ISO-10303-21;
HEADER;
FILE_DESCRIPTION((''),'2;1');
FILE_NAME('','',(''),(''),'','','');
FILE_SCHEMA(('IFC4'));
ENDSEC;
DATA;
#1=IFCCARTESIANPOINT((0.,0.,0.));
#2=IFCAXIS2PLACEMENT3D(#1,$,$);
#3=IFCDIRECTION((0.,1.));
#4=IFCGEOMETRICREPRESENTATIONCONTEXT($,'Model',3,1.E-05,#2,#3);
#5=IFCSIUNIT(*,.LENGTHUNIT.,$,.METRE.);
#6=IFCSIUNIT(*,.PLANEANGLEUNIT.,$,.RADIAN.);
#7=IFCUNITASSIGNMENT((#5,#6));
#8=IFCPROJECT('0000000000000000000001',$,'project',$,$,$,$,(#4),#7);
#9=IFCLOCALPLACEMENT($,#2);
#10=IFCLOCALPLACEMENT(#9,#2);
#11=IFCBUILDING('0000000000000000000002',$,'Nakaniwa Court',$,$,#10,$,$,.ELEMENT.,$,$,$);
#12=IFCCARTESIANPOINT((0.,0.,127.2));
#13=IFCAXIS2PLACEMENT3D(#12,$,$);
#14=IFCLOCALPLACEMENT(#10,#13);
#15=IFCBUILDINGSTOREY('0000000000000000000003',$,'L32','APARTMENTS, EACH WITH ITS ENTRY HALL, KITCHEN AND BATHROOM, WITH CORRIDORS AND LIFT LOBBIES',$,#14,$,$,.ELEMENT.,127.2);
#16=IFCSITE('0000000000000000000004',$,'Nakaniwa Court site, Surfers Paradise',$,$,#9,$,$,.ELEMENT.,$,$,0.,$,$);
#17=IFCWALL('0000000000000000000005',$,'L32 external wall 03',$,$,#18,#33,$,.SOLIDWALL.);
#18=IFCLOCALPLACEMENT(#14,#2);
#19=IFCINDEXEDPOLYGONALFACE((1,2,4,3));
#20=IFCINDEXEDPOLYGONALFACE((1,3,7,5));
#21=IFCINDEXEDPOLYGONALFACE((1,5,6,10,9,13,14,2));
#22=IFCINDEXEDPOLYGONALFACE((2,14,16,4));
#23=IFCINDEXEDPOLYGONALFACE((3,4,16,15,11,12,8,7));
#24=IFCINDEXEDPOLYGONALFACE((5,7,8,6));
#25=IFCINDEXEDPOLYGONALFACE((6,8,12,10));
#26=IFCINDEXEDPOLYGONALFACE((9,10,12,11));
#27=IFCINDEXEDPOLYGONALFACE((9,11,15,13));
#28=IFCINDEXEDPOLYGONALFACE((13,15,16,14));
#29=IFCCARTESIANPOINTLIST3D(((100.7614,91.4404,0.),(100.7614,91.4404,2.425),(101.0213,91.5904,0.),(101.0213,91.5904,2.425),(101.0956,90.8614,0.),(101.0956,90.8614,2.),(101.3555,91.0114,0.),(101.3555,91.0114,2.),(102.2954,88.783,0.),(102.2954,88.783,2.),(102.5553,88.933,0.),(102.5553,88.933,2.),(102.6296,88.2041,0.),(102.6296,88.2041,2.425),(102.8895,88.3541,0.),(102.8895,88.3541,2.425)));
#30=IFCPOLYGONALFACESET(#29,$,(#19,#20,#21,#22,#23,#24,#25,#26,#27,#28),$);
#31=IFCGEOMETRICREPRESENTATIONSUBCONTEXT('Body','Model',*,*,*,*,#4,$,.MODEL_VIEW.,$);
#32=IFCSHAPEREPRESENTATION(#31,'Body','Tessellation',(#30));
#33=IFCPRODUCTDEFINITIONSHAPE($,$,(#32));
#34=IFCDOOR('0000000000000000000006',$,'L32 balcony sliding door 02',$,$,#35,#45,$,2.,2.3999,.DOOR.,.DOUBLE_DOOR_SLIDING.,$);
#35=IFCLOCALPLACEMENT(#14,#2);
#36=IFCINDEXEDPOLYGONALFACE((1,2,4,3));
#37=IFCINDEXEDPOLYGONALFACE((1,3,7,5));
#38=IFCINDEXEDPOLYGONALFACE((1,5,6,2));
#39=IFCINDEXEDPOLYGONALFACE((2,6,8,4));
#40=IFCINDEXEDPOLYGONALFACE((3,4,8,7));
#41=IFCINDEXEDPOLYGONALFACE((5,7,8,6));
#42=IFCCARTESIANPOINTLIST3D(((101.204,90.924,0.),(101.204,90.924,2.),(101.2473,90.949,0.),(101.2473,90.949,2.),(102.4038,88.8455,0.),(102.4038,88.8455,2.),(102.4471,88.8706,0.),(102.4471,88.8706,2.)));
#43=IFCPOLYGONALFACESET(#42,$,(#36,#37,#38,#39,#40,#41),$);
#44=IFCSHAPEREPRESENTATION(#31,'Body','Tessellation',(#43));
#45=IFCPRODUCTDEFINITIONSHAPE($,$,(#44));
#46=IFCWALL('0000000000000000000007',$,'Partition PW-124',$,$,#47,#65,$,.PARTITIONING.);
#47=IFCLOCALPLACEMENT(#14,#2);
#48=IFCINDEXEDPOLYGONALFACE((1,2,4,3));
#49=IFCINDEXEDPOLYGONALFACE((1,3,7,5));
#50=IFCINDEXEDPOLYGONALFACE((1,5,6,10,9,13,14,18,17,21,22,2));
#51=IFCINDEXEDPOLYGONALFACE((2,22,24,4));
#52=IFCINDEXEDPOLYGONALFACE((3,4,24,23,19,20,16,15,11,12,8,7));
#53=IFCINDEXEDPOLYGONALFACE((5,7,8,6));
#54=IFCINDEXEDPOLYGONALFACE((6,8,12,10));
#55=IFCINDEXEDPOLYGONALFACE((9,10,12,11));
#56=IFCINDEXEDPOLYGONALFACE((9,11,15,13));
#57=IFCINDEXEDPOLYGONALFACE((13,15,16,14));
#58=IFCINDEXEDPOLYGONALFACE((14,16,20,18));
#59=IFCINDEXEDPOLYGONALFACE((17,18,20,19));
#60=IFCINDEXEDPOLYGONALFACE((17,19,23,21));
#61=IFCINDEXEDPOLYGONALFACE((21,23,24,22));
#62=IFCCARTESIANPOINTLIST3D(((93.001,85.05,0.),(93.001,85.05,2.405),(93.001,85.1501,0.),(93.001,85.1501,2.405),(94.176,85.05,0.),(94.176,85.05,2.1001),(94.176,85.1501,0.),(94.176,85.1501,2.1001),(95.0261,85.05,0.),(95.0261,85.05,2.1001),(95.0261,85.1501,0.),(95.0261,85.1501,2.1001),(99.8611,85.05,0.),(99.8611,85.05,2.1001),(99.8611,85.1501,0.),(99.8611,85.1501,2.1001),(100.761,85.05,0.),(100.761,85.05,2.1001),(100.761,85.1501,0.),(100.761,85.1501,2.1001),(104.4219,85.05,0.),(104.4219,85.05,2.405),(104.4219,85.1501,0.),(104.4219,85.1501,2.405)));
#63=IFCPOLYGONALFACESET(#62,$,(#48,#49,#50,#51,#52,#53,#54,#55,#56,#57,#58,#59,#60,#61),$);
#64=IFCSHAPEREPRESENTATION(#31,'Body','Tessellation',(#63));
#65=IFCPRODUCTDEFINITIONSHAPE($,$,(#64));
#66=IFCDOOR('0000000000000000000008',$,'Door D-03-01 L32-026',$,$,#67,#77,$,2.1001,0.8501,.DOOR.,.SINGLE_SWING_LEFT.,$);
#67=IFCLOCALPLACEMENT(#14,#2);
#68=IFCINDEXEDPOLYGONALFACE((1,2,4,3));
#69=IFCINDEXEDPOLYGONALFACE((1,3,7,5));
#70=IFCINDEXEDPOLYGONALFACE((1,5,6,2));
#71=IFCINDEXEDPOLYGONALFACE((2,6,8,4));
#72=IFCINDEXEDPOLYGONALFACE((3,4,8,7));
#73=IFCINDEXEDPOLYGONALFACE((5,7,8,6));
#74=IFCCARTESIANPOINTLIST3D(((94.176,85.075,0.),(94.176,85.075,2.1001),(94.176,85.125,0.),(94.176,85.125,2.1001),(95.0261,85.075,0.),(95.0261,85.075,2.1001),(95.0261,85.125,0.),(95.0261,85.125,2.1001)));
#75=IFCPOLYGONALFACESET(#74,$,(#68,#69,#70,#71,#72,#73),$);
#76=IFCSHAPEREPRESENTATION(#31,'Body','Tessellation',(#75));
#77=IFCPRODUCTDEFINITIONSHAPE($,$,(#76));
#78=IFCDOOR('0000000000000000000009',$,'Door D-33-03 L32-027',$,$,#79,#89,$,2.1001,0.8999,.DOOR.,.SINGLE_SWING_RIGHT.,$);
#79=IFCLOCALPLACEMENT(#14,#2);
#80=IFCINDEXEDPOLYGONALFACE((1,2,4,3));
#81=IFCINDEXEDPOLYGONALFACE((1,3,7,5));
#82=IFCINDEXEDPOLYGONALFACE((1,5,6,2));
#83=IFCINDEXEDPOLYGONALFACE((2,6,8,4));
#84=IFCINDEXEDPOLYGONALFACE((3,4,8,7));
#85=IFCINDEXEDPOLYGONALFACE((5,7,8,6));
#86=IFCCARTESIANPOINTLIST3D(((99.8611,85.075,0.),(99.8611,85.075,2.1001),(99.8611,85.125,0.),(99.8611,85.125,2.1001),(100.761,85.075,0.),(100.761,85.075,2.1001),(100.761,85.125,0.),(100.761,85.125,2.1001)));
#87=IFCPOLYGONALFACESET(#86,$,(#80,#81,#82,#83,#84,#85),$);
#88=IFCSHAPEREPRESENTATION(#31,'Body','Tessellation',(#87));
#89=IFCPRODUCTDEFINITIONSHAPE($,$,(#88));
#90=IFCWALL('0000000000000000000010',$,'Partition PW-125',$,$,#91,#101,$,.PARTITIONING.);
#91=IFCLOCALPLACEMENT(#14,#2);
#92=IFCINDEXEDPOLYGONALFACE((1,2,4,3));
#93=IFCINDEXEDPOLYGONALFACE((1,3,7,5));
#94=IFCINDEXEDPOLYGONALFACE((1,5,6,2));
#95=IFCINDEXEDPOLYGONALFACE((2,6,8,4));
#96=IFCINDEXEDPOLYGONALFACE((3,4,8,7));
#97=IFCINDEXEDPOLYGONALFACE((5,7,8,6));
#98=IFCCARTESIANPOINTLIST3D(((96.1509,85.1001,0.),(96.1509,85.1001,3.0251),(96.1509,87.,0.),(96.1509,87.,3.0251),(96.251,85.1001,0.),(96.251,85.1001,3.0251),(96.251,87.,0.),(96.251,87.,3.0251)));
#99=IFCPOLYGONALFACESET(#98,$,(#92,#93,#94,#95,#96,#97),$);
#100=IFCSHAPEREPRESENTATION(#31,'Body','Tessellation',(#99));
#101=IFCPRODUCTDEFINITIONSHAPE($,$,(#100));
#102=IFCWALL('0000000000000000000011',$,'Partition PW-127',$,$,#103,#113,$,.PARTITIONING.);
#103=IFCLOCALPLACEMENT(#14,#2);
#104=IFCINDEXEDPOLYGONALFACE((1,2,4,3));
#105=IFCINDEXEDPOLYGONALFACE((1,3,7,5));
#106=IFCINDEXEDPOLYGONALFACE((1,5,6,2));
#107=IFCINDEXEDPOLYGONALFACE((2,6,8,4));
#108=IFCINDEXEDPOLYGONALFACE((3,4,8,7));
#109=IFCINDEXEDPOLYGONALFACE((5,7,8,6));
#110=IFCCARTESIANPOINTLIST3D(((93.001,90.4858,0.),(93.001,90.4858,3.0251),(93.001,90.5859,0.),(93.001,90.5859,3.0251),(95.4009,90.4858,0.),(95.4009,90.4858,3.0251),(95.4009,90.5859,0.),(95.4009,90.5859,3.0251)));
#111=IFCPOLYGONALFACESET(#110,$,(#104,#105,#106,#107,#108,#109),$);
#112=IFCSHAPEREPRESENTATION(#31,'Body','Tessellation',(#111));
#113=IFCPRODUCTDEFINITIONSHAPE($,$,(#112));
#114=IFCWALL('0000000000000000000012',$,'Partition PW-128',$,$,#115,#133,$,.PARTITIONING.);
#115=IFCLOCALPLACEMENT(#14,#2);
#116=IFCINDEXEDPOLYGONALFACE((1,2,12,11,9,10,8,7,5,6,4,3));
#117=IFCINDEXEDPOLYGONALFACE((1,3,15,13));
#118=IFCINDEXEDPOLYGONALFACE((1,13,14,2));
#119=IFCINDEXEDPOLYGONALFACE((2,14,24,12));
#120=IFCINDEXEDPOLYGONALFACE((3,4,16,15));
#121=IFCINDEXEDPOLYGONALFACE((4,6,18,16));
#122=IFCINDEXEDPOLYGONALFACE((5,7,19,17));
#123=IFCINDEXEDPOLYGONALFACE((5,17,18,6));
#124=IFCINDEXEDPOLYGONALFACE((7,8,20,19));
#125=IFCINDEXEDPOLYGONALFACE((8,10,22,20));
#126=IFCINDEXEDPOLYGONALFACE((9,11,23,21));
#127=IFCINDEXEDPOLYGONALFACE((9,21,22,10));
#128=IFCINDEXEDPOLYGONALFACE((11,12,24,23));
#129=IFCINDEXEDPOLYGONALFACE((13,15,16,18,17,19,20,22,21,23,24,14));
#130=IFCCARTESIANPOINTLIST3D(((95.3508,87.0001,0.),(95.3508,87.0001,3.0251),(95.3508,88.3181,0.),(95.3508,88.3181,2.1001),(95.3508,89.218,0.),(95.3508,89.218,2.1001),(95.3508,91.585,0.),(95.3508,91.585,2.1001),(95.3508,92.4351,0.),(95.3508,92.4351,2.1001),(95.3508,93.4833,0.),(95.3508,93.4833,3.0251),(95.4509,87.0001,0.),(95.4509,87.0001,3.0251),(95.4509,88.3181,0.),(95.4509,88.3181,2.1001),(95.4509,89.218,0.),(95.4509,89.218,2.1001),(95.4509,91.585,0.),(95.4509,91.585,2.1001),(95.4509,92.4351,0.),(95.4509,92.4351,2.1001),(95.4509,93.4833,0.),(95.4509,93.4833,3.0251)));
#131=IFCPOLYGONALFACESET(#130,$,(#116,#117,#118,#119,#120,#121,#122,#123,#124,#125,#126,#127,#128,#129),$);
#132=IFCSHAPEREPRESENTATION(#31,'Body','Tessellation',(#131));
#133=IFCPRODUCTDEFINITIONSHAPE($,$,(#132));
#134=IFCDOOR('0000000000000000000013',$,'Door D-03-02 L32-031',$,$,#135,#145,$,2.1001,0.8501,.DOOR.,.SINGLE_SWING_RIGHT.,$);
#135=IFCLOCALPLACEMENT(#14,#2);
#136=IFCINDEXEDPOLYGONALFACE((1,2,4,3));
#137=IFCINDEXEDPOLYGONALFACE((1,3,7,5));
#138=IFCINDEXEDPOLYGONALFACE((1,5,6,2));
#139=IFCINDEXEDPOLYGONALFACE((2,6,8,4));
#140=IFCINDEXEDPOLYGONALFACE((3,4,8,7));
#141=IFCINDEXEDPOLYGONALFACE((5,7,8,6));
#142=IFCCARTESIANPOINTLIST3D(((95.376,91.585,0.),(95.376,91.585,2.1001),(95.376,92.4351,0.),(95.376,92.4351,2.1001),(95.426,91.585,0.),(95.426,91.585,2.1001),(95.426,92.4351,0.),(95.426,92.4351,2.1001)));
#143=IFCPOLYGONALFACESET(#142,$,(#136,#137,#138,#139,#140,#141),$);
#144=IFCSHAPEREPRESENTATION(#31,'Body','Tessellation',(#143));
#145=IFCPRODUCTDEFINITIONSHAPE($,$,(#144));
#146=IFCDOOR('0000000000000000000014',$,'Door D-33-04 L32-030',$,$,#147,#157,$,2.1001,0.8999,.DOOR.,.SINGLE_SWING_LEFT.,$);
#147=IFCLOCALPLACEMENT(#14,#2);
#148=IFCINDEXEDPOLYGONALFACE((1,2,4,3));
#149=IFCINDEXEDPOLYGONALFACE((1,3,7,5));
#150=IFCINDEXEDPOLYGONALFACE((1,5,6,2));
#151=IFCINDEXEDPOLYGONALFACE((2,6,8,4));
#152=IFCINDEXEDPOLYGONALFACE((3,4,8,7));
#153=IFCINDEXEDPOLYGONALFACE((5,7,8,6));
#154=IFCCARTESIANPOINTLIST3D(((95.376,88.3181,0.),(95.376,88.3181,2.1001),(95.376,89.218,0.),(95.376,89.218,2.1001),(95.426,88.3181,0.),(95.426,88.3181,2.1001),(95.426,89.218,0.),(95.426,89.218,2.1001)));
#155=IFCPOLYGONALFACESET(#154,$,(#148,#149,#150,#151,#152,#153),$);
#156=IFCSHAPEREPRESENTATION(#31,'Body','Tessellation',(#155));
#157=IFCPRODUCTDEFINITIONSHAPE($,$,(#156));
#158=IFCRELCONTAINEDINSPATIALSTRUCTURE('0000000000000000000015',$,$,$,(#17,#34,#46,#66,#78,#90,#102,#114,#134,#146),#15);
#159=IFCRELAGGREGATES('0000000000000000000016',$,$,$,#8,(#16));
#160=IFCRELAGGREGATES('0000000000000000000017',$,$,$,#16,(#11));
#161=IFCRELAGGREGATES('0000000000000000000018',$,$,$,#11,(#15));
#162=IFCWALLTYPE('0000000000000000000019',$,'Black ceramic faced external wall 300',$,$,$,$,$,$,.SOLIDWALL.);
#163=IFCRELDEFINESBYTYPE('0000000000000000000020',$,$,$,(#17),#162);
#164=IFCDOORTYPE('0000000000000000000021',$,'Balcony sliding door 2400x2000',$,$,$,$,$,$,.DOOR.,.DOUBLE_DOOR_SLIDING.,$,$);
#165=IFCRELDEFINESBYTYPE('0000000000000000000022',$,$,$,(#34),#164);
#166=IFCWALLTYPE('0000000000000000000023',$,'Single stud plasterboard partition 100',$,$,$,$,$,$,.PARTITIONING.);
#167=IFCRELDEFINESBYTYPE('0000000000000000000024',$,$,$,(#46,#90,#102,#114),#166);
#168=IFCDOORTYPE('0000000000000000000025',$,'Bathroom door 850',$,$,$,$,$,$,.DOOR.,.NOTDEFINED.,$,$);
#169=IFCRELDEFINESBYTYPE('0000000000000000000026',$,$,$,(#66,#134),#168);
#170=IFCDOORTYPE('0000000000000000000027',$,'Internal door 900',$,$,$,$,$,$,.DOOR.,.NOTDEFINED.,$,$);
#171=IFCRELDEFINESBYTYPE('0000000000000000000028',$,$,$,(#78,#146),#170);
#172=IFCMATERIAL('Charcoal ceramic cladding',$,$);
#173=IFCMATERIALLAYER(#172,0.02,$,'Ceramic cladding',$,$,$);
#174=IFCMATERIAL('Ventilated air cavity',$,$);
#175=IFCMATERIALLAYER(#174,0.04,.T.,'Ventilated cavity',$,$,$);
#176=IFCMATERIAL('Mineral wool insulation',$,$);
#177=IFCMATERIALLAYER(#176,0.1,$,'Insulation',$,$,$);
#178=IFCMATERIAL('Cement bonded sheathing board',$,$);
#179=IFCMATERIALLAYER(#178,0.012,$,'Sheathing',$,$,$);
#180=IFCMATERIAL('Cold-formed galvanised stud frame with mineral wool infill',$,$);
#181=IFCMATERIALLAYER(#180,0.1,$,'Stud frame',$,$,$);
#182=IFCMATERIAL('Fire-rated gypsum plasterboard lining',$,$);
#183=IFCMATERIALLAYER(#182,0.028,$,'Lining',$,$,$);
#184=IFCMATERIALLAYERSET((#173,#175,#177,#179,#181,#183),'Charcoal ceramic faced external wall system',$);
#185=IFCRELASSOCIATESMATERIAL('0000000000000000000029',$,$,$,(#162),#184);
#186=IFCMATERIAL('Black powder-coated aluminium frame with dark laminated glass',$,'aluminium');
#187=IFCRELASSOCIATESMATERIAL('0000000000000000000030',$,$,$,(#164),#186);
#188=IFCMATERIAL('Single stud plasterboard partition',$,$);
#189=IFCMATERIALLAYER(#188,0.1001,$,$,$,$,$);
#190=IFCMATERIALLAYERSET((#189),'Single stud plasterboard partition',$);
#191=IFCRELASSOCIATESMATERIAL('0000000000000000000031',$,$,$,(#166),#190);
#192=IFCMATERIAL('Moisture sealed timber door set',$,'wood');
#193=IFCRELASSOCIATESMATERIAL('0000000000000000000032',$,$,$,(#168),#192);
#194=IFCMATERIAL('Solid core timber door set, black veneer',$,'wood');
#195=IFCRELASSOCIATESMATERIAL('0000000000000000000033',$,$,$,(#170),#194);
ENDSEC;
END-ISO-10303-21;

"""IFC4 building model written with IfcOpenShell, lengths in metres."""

from ifc_helpers import new_model, si_unit, direction, frame, frame_2d, origin, place, context, subcontext, project, spatial, rectangle, extrude, material, layer, layer_set, type_object, element, fill, save


model = new_model("IFC4")

# Units and contexts
model_context = context("Model", 3, precision=1e-05, world=origin(), true_north=direction((0.0, 1.0)))
body_context = subcontext(model_context, "Body", "Model", "MODEL_VIEW")
ifc_project = project(units=[si_unit("LENGTHUNIT", "METRE"), si_unit("PLANEANGLEUNIT", "RADIAN")], contexts=[model_context])

# Site, building, storey
site_placement = place(None, origin())
site = spatial("IfcSite", under=ifc_project, at=site_placement, Name="Nakaniwa Court site, Surfers Paradise", CompositionType="ELEMENT", RefElevation=0.0)
building_placement = place(site_placement, origin())
building = spatial("IfcBuilding", under=site, at=building_placement, Name="Nakaniwa Court", CompositionType="ELEMENT")
storey_placement = place(building_placement, frame((0.0, 0.0, 127.2)))
storey = spatial("IfcBuildingStorey", under=building, at=storey_placement, Name="L32", Description="APARTMENTS, EACH WITH ITS ENTRY HALL, KITCHEN AND BATHROOM, WITH CORRIDORS AND LIFT LOBBIES", CompositionType="ELEMENT", Elevation=127.2)

# Shared definitions
ifc_material_1 = material(Name="Solid core timber door set, black veneer", Category="wood")

# Shared definitions
ifc_material_2 = material(Name="Charcoal ceramic cladding")
ifc_layer_1 = layer(ifc_material_2, 0.02, Name="Ceramic cladding")
ifc_material_3 = material(Name="Ventilated air cavity")
ifc_layer_2 = layer(ifc_material_3, 0.04, ventilated=True, Name="Ventilated cavity")
ifc_material_4 = material(Name="Mineral wool insulation")
ifc_layer_3 = layer(ifc_material_4, 0.1, Name="Insulation")
ifc_material_5 = material(Name="Cement bonded sheathing board")
ifc_layer_4 = layer(ifc_material_5, 0.012, Name="Sheathing")
ifc_material_6 = material(Name="Cold-formed galvanised stud frame with mineral wool infill")
ifc_layer_5 = layer(ifc_material_6, 0.1, Name="Stud frame")
ifc_material_7 = material(Name="Fire-rated gypsum plasterboard lining")
ifc_layer_6 = layer(ifc_material_7, 0.028, Name="Lining")
ifc_layer_set_1 = layer_set([ifc_layer_1, ifc_layer_2, ifc_layer_3, ifc_layer_4, ifc_layer_5, ifc_layer_6], Name="Charcoal ceramic faced external wall system")
wall_type_1 = type_object("IfcWallType", Name="Black ceramic faced external wall 300", PredefinedType="SOLIDWALL", material=ifc_layer_set_1)

# Wall, opening, door
wall_1_placement = place(storey_placement, frame((102.7595, 88.2791, 0.0), z_axis=(0.0, 0.0, 1.0), x_axis=(-0.499934, 0.866064, 0.0)))
wall_1 = element("IfcWall", 1, at=wall_1_placement, inside=storey, type_object=wall_type_1, Name="L32 external wall 03", PredefinedType="SOLIDWALL", context=body_context, shape_type="SweptSolid", body=[
    extrude(rectangle(XDim=3.7368, YDim=0.3, at=frame_2d((1.8684, 0.0))), origin(), (0.0, 0.0, 1.0), 2.425),
])
opening_1_placement = place(wall_1_placement, frame((0.6685, 0.0, 0.0)))
opening_1 = element("IfcOpeningElement", 2, at=opening_1_placement, cuts=wall_1, PredefinedType="OPENING", context=body_context, shape_type="SweptSolid", body=[
    extrude(rectangle(XDim=2.3999, YDim=2.0, at=frame_2d((1.2, 1.0))), frame((0.0, 0.1599, 0.0), z_axis=(0.0, -1.0, 0.0), x_axis=(1.0, 0.0, 0.0)), (0.0, 0.0, 1.0), 0.3201),
])
ifc_material_8 = material(Name="Black powder-coated aluminium frame with dark laminated glass", Category="aluminium")
door_type_1 = type_object("IfcDoorType", Name="Balcony sliding door 2400x2000", OperationType="DOUBLE_DOOR_SLIDING", PredefinedType="DOOR", material=ifc_material_8)
door_1_placement = place(opening_1_placement, origin())
door_1 = element("IfcDoor", 3, at=door_1_placement, inside=storey, type_object=door_type_1, Name="L32 balcony sliding door 02", OperationType="DOUBLE_DOOR_SLIDING", OverallHeight=2.0, OverallWidth=2.3999, PredefinedType="DOOR", context=body_context, shape_type="SweptSolid", body=[
    extrude(rectangle(XDim=2.3999, YDim=2.0, at=frame_2d((1.2, 1.0))), frame((0.0, 0.0249, 0.0), z_axis=(0.0, -1.0, 0.0), x_axis=(1.0, 0.0, 0.0)), (0.0, 0.0, 1.0), 0.05),
])
fill(opening_1, door_1)

# Wall, openings, doors
ifc_material_9 = material(Name="Single stud plasterboard partition")
ifc_layer_7 = layer(ifc_material_9, 0.1001)
ifc_layer_set_2 = layer_set([ifc_layer_7], Name="Single stud plasterboard partition")
wall_type_2 = type_object("IfcWallType", Name="Single stud plasterboard partition 100", PredefinedType="PARTITIONING", material=ifc_layer_set_2)
wall_2_placement = place(storey_placement, frame((93.001, 85.1001, 0.0), z_axis=(0.0, 0.0, 1.0), x_axis=(1.0, 0.0, 0.0)))
wall_2 = element("IfcWall", 4, at=wall_2_placement, inside=storey, type_object=wall_type_2, Name="Partition PW-124", PredefinedType="PARTITIONING", context=body_context, shape_type="SweptSolid", body=[
    extrude(rectangle(XDim=11.4209, YDim=0.1001, at=frame_2d((5.7104, 0.0))), origin(), (0.0, 0.0, 1.0), 2.405),
])
opening_2_placement = place(wall_2_placement, frame((1.175, 0.0, 0.0)))
opening_2 = element("IfcOpeningElement", 5, at=opening_2_placement, cuts=wall_2, PredefinedType="OPENING", context=body_context, shape_type="SweptSolid", body=[
    extrude(rectangle(XDim=0.8501, YDim=2.1001, at=frame_2d((0.425, 1.05))), frame((0.0, 0.0601, 0.0), z_axis=(0.0, -1.0, 0.0), x_axis=(1.0, 0.0, 0.0)), (0.0, 0.0, 1.0), 0.1201),
])
opening_3_placement = place(wall_2_placement, frame((6.8601, 0.0, 0.0)))
opening_3 = element("IfcOpeningElement", 6, at=opening_3_placement, cuts=wall_2, PredefinedType="OPENING", context=body_context, shape_type="SweptSolid", body=[
    extrude(rectangle(XDim=0.8999, YDim=2.1001, at=frame_2d((0.45, 1.05))), frame((0.0, 0.0601, 0.0), z_axis=(0.0, -1.0, 0.0), x_axis=(1.0, 0.0, 0.0)), (0.0, 0.0, 1.0), 0.1201),
])
ifc_material_10 = material(Name="Moisture sealed timber door set", Category="wood")
door_type_2 = type_object("IfcDoorType", Name="Bathroom door 850", OperationType="NOTDEFINED", PredefinedType="DOOR", material=ifc_material_10)
door_2_placement = place(opening_2_placement, origin())
door_2 = element("IfcDoor", 7, at=door_2_placement, inside=storey, type_object=door_type_2, Name="Door D-03-01 L32-026", OperationType="SINGLE_SWING_LEFT", OverallHeight=2.1001, OverallWidth=0.8501, PredefinedType="DOOR", context=body_context, shape_type="SweptSolid", body=[
    extrude(rectangle(XDim=0.8501, YDim=2.1001, at=frame_2d((0.425, 1.05))), frame((0.0, 0.0249, 0.0), z_axis=(0.0, -1.0, 0.0), x_axis=(1.0, 0.0, 0.0)), (0.0, 0.0, 1.0), 0.05),
])
fill(opening_2, door_2)
door_type_3 = type_object("IfcDoorType", Name="Internal door 900", OperationType="NOTDEFINED", PredefinedType="DOOR", material=ifc_material_1)
door_3_placement = place(opening_3_placement, origin())
door_3 = element("IfcDoor", 8, at=door_3_placement, inside=storey, type_object=door_type_3, Name="Door D-33-03 L32-027", OperationType="SINGLE_SWING_RIGHT", OverallHeight=2.1001, OverallWidth=0.8999, PredefinedType="DOOR", context=body_context, shape_type="SweptSolid", body=[
    extrude(rectangle(XDim=0.8999, YDim=2.1001, at=frame_2d((0.45, 1.05))), frame((0.0, 0.0249, 0.0), z_axis=(0.0, -1.0, 0.0), x_axis=(1.0, 0.0, 0.0)), (0.0, 0.0, 1.0), 0.05),
])
fill(opening_3, door_3)

# Walls
wall_3_placement = place(storey_placement, frame((96.2009, 85.1001, 0.0), z_axis=(0.0, 0.0, 1.0), x_axis=(0.0, 1.0, 0.0)))
element("IfcWall", 9, at=wall_3_placement, inside=storey, type_object=wall_type_2, Name="Partition PW-125", PredefinedType="PARTITIONING", context=body_context, shape_type="SweptSolid", body=[
    extrude(rectangle(XDim=1.8999, YDim=0.1001, at=frame_2d((0.95, 0.0))), origin(), (0.0, 0.0, 1.0), 3.0251),
])
wall_4_placement = place(storey_placement, frame((93.001, 90.5359, 0.0), z_axis=(0.0, 0.0, 1.0), x_axis=(1.0, 0.0, 0.0)))
element("IfcWall", 10, at=wall_4_placement, inside=storey, type_object=wall_type_2, Name="Partition PW-127", PredefinedType="PARTITIONING", context=body_context, shape_type="SweptSolid", body=[
    extrude(rectangle(XDim=2.3999, YDim=0.1001, at=frame_2d((1.2, 0.0))), origin(), (0.0, 0.0, 1.0), 3.0251),
])

# Wall, openings, doors
wall_5_placement = place(storey_placement, frame((95.4009, 87.0, 0.0), z_axis=(0.0, 0.0, 1.0), x_axis=(0.0, 1.0, 0.0)))
wall_5 = element("IfcWall", 11, at=wall_5_placement, inside=storey, type_object=wall_type_2, Name="Partition PW-128", PredefinedType="PARTITIONING", context=body_context, shape_type="SweptSolid", body=[
    extrude(rectangle(XDim=6.4832, YDim=0.1001, at=frame_2d((3.2417, 0.0))), origin(), (0.0, 0.0, 1.0), 3.0251),
])
opening_4_placement = place(wall_5_placement, frame((1.3181, 0.0, 0.0)))
opening_4 = element("IfcOpeningElement", 12, at=opening_4_placement, cuts=wall_5, PredefinedType="OPENING", context=body_context, shape_type="SweptSolid", body=[
    extrude(rectangle(XDim=0.8999, YDim=2.1001, at=frame_2d((0.45, 1.05))), frame((0.0, 0.0601, 0.0), z_axis=(0.0, -1.0, 0.0), x_axis=(1.0, 0.0, 0.0)), (0.0, 0.0, 1.0), 0.1201),
])
opening_5_placement = place(wall_5_placement, frame((4.585, 0.0, 0.0)))
opening_5 = element("IfcOpeningElement", 13, at=opening_5_placement, cuts=wall_5, PredefinedType="OPENING", context=body_context, shape_type="SweptSolid", body=[
    extrude(rectangle(XDim=0.8501, YDim=2.1001, at=frame_2d((0.425, 1.05))), frame((0.0, 0.0601, 0.0), z_axis=(0.0, -1.0, 0.0), x_axis=(1.0, 0.0, 0.0)), (0.0, 0.0, 1.0), 0.1201),
])
door_4_placement = place(opening_5_placement, origin())
door_4 = element("IfcDoor", 14, at=door_4_placement, inside=storey, type_object=door_type_2, Name="Door D-03-02 L32-031", OperationType="SINGLE_SWING_RIGHT", OverallHeight=2.1001, OverallWidth=0.8501, PredefinedType="DOOR", context=body_context, shape_type="SweptSolid", body=[
    extrude(rectangle(XDim=0.8501, YDim=2.1001, at=frame_2d((0.425, 1.05))), frame((0.0, 0.0249, 0.0), z_axis=(0.0, -1.0, 0.0), x_axis=(1.0, 0.0, 0.0)), (0.0, 0.0, 1.0), 0.05),
])
fill(opening_5, door_4)
door_5_placement = place(opening_4_placement, origin())
door_5 = element("IfcDoor", 15, at=door_5_placement, inside=storey, type_object=door_type_3, Name="Door D-33-04 L32-030", OperationType="SINGLE_SWING_LEFT", OverallHeight=2.1001, OverallWidth=0.8999, PredefinedType="DOOR", context=body_context, shape_type="SweptSolid", body=[
    extrude(rectangle(XDim=0.8999, YDim=2.1001, at=frame_2d((0.45, 1.05))), frame((0.0, 0.0249, 0.0), z_axis=(0.0, -1.0, 0.0), x_axis=(1.0, 0.0, 0.0)), (0.0, 0.0, 1.0), 0.05),
])
fill(opening_4, door_5)

save(model, "model.ifc")
